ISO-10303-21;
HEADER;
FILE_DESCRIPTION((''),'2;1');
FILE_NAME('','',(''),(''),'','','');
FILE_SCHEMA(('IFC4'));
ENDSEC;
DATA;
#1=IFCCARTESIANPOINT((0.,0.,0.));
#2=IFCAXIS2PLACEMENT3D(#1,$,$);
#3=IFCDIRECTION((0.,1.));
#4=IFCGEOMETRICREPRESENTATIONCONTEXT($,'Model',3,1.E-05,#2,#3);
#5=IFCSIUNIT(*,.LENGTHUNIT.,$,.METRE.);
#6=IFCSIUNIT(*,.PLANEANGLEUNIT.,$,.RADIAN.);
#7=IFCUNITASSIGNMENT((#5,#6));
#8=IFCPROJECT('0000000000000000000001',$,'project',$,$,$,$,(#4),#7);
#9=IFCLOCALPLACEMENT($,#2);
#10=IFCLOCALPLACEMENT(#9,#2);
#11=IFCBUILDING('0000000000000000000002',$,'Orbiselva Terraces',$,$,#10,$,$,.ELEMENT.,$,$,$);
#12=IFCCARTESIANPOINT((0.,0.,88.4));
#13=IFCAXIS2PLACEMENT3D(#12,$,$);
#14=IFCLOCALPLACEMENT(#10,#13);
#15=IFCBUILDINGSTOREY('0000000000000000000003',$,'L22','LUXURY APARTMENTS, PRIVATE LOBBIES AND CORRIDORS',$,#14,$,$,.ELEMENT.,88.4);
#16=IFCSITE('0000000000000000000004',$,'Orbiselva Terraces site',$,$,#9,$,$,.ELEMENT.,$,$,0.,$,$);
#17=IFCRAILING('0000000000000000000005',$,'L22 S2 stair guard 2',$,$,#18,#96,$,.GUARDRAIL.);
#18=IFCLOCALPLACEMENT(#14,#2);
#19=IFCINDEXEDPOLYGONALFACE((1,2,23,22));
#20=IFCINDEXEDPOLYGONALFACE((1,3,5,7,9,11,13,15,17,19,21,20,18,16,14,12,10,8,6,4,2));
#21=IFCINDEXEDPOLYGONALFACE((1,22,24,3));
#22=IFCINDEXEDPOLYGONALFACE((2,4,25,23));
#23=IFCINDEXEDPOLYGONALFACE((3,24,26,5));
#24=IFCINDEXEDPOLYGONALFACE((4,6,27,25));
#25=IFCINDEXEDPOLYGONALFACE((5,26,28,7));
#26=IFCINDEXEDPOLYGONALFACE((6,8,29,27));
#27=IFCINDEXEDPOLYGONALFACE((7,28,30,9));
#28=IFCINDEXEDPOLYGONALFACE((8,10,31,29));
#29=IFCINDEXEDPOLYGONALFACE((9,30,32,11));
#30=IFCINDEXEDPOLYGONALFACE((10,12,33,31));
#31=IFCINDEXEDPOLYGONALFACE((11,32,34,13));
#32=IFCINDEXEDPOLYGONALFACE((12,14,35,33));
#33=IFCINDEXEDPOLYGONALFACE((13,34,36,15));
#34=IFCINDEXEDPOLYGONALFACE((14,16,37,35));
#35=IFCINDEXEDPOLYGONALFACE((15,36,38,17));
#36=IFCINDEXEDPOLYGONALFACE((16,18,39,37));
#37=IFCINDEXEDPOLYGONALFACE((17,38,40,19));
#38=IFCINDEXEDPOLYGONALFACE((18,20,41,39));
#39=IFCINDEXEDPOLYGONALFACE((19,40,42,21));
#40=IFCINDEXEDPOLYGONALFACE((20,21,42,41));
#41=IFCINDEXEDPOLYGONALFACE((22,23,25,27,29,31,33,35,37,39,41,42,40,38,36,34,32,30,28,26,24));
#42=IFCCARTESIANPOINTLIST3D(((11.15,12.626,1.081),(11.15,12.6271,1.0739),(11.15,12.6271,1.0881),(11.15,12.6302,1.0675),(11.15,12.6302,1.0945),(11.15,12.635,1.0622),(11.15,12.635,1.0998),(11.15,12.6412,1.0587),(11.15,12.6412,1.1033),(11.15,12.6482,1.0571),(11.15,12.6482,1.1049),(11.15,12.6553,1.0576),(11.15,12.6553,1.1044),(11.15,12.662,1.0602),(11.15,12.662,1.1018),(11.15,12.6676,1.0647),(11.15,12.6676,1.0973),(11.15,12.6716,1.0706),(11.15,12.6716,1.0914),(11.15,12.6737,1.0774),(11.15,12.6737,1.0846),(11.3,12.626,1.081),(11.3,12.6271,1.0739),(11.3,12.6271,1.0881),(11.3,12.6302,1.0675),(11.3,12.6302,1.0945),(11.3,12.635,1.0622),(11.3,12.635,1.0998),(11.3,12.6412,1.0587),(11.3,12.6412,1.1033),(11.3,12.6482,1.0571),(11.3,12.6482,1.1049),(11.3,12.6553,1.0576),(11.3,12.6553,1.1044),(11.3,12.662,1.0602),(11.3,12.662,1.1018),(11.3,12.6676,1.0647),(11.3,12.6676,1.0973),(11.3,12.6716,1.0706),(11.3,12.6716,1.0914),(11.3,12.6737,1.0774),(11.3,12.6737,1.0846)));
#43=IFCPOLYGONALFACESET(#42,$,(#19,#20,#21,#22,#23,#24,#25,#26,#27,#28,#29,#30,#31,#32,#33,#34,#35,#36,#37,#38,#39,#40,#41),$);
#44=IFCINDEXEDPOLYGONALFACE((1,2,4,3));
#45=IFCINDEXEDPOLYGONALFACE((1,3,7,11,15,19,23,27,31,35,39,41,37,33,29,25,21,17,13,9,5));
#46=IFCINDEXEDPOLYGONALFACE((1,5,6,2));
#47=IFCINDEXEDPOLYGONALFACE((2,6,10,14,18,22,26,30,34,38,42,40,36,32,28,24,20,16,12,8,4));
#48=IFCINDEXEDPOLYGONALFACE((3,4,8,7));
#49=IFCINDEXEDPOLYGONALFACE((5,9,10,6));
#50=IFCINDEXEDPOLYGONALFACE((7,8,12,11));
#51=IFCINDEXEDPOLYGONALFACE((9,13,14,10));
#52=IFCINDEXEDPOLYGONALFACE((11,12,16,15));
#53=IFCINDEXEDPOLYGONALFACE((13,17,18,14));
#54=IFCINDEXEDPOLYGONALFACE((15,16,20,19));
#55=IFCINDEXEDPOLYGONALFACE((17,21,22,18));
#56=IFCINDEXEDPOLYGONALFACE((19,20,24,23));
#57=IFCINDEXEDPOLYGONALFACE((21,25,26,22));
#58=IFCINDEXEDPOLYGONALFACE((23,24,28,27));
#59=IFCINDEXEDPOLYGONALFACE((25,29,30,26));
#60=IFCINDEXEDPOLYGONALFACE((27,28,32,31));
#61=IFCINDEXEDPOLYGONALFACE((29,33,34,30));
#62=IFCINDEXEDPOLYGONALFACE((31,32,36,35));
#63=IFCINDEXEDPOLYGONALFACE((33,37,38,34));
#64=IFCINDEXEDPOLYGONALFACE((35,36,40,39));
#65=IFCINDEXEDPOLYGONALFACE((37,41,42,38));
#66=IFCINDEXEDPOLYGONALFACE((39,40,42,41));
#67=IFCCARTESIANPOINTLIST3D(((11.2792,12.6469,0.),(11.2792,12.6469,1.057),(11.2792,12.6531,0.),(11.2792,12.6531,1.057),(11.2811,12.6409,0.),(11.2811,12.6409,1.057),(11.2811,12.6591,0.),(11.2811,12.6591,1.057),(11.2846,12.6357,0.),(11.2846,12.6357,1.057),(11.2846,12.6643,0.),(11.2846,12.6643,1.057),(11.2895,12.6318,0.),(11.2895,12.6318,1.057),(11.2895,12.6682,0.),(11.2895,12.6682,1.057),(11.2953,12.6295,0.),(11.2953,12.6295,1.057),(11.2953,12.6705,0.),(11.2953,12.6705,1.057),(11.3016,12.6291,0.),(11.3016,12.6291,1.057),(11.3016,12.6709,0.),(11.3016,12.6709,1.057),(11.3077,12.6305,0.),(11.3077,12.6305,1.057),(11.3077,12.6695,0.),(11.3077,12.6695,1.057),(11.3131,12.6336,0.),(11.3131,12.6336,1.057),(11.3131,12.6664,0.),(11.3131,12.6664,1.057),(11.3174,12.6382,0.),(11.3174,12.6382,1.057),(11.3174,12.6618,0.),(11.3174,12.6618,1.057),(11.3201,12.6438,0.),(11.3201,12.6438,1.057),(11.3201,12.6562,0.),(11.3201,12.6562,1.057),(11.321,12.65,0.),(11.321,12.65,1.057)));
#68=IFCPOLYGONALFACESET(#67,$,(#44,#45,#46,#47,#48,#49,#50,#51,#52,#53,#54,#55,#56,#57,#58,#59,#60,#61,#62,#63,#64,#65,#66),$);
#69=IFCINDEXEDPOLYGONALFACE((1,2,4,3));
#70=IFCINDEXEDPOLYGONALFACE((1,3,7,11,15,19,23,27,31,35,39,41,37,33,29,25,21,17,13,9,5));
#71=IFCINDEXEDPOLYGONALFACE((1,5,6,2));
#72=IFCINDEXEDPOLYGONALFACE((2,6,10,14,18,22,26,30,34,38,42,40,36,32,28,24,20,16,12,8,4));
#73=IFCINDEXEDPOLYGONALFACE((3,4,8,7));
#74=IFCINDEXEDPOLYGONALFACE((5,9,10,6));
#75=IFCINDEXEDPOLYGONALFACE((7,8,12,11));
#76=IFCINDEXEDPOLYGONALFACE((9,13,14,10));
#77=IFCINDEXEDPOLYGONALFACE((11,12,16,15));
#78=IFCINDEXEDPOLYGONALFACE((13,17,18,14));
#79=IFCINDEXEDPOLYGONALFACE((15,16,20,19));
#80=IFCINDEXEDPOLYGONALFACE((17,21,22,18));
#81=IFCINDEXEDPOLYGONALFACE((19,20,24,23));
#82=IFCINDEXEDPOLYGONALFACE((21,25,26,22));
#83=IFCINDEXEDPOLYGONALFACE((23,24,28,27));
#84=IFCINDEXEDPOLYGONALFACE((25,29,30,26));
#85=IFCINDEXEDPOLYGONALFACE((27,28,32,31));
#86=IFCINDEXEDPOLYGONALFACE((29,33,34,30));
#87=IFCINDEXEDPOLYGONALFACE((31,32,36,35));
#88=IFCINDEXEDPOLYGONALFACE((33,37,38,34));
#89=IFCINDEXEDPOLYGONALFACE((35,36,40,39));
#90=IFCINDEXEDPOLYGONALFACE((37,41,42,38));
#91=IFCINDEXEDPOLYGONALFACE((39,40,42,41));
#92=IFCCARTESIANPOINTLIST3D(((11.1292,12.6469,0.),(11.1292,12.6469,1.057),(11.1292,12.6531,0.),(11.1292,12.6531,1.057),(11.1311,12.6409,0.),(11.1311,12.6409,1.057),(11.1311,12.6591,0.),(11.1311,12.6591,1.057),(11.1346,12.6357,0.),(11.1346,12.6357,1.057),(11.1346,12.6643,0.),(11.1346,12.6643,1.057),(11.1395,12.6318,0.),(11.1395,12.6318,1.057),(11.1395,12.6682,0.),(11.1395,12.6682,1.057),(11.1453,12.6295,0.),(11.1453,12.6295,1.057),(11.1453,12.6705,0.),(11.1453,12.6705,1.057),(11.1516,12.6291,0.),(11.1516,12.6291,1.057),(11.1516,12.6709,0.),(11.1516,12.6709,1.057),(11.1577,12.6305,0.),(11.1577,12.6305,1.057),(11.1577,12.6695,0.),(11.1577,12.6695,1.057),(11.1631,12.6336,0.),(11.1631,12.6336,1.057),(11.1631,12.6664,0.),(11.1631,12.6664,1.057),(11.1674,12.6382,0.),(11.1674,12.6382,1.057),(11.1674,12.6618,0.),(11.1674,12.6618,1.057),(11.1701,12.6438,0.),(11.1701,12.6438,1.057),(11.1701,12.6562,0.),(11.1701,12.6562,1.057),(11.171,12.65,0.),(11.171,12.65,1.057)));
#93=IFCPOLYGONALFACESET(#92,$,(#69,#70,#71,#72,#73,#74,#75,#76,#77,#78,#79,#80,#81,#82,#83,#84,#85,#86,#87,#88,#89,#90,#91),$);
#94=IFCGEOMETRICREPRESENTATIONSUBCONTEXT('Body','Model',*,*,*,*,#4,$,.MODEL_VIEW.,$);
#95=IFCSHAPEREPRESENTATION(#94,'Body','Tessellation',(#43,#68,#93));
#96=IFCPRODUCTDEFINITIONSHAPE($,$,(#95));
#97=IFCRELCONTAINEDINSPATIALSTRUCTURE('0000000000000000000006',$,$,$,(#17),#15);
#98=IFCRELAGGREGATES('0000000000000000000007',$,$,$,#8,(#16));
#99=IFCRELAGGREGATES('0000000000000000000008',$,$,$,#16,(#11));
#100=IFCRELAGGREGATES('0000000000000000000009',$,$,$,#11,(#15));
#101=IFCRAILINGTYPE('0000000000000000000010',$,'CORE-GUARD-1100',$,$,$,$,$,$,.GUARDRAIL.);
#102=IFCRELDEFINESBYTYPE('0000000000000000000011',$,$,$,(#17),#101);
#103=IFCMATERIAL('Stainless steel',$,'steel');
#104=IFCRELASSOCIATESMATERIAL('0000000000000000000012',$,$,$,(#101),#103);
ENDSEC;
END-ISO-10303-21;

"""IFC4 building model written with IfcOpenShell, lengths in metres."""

from ifc_helpers import new_model, si_unit, direction, frame, origin, origin_2d, place, context, subcontext, project, spatial, circle, extrude, material, type_object, element, save


model = new_model("IFC4")

# Units and contexts
model_context = context("Model", 3, precision=1e-05, world=origin(), true_north=direction((0.0, 1.0)))
body_context = subcontext(model_context, "Body", "Model", "MODEL_VIEW")
ifc_project = project(units=[si_unit("LENGTHUNIT", "METRE"), si_unit("PLANEANGLEUNIT", "RADIAN")], contexts=[model_context])

# Site, building, storey
site_placement = place(None, origin())
site = spatial("IfcSite", under=ifc_project, at=site_placement, Name="Orbiselva Terraces site", CompositionType="ELEMENT", RefElevation=0.0)
building_placement = place(site_placement, origin())
building = spatial("IfcBuilding", under=site, at=building_placement, Name="Orbiselva Terraces", CompositionType="ELEMENT")
storey_placement = place(building_placement, frame((0.0, 0.0, 88.4)))
storey = spatial("IfcBuildingStorey", under=building, at=storey_placement, Name="L22", Description="LUXURY APARTMENTS, PRIVATE LOBBIES AND CORRIDORS", CompositionType="ELEMENT", Elevation=88.4)

# Railing
ifc_material_1 = material(Name="Stainless steel", Category="steel")
railing_type = type_object("IfcRailingType", Name="CORE-GUARD-1100", PredefinedType="GUARDRAIL", material=ifc_material_1)
railing_1_placement = place(storey_placement, frame((11.3, 12.65, 0.0)))
element("IfcRailing", 1, at=railing_1_placement, inside=storey, type_object=railing_type, Name="L22 S2 stair guard 2", PredefinedType="GUARDRAIL", context=body_context, shape_type="SweptSolid", body=[
    extrude(circle(Radius=0.024, at=origin_2d()), frame((0.0, 0.0, 1.081), z_axis=(-1.0, 0.0, 0.0), x_axis=(0.0, -1.0, 0.0)), (0.0, 0.0, 1.0), 0.15),
    extrude(circle(Radius=0.021, at=origin_2d()), origin(), (0.0, 0.0, 1.0), 1.057),
    extrude(circle(Radius=0.021, at=origin_2d()), frame((-0.15, 0.0, 0.0)), (0.0, 0.0, 1.0), 1.057),
])

save(model, "model.ifc")
